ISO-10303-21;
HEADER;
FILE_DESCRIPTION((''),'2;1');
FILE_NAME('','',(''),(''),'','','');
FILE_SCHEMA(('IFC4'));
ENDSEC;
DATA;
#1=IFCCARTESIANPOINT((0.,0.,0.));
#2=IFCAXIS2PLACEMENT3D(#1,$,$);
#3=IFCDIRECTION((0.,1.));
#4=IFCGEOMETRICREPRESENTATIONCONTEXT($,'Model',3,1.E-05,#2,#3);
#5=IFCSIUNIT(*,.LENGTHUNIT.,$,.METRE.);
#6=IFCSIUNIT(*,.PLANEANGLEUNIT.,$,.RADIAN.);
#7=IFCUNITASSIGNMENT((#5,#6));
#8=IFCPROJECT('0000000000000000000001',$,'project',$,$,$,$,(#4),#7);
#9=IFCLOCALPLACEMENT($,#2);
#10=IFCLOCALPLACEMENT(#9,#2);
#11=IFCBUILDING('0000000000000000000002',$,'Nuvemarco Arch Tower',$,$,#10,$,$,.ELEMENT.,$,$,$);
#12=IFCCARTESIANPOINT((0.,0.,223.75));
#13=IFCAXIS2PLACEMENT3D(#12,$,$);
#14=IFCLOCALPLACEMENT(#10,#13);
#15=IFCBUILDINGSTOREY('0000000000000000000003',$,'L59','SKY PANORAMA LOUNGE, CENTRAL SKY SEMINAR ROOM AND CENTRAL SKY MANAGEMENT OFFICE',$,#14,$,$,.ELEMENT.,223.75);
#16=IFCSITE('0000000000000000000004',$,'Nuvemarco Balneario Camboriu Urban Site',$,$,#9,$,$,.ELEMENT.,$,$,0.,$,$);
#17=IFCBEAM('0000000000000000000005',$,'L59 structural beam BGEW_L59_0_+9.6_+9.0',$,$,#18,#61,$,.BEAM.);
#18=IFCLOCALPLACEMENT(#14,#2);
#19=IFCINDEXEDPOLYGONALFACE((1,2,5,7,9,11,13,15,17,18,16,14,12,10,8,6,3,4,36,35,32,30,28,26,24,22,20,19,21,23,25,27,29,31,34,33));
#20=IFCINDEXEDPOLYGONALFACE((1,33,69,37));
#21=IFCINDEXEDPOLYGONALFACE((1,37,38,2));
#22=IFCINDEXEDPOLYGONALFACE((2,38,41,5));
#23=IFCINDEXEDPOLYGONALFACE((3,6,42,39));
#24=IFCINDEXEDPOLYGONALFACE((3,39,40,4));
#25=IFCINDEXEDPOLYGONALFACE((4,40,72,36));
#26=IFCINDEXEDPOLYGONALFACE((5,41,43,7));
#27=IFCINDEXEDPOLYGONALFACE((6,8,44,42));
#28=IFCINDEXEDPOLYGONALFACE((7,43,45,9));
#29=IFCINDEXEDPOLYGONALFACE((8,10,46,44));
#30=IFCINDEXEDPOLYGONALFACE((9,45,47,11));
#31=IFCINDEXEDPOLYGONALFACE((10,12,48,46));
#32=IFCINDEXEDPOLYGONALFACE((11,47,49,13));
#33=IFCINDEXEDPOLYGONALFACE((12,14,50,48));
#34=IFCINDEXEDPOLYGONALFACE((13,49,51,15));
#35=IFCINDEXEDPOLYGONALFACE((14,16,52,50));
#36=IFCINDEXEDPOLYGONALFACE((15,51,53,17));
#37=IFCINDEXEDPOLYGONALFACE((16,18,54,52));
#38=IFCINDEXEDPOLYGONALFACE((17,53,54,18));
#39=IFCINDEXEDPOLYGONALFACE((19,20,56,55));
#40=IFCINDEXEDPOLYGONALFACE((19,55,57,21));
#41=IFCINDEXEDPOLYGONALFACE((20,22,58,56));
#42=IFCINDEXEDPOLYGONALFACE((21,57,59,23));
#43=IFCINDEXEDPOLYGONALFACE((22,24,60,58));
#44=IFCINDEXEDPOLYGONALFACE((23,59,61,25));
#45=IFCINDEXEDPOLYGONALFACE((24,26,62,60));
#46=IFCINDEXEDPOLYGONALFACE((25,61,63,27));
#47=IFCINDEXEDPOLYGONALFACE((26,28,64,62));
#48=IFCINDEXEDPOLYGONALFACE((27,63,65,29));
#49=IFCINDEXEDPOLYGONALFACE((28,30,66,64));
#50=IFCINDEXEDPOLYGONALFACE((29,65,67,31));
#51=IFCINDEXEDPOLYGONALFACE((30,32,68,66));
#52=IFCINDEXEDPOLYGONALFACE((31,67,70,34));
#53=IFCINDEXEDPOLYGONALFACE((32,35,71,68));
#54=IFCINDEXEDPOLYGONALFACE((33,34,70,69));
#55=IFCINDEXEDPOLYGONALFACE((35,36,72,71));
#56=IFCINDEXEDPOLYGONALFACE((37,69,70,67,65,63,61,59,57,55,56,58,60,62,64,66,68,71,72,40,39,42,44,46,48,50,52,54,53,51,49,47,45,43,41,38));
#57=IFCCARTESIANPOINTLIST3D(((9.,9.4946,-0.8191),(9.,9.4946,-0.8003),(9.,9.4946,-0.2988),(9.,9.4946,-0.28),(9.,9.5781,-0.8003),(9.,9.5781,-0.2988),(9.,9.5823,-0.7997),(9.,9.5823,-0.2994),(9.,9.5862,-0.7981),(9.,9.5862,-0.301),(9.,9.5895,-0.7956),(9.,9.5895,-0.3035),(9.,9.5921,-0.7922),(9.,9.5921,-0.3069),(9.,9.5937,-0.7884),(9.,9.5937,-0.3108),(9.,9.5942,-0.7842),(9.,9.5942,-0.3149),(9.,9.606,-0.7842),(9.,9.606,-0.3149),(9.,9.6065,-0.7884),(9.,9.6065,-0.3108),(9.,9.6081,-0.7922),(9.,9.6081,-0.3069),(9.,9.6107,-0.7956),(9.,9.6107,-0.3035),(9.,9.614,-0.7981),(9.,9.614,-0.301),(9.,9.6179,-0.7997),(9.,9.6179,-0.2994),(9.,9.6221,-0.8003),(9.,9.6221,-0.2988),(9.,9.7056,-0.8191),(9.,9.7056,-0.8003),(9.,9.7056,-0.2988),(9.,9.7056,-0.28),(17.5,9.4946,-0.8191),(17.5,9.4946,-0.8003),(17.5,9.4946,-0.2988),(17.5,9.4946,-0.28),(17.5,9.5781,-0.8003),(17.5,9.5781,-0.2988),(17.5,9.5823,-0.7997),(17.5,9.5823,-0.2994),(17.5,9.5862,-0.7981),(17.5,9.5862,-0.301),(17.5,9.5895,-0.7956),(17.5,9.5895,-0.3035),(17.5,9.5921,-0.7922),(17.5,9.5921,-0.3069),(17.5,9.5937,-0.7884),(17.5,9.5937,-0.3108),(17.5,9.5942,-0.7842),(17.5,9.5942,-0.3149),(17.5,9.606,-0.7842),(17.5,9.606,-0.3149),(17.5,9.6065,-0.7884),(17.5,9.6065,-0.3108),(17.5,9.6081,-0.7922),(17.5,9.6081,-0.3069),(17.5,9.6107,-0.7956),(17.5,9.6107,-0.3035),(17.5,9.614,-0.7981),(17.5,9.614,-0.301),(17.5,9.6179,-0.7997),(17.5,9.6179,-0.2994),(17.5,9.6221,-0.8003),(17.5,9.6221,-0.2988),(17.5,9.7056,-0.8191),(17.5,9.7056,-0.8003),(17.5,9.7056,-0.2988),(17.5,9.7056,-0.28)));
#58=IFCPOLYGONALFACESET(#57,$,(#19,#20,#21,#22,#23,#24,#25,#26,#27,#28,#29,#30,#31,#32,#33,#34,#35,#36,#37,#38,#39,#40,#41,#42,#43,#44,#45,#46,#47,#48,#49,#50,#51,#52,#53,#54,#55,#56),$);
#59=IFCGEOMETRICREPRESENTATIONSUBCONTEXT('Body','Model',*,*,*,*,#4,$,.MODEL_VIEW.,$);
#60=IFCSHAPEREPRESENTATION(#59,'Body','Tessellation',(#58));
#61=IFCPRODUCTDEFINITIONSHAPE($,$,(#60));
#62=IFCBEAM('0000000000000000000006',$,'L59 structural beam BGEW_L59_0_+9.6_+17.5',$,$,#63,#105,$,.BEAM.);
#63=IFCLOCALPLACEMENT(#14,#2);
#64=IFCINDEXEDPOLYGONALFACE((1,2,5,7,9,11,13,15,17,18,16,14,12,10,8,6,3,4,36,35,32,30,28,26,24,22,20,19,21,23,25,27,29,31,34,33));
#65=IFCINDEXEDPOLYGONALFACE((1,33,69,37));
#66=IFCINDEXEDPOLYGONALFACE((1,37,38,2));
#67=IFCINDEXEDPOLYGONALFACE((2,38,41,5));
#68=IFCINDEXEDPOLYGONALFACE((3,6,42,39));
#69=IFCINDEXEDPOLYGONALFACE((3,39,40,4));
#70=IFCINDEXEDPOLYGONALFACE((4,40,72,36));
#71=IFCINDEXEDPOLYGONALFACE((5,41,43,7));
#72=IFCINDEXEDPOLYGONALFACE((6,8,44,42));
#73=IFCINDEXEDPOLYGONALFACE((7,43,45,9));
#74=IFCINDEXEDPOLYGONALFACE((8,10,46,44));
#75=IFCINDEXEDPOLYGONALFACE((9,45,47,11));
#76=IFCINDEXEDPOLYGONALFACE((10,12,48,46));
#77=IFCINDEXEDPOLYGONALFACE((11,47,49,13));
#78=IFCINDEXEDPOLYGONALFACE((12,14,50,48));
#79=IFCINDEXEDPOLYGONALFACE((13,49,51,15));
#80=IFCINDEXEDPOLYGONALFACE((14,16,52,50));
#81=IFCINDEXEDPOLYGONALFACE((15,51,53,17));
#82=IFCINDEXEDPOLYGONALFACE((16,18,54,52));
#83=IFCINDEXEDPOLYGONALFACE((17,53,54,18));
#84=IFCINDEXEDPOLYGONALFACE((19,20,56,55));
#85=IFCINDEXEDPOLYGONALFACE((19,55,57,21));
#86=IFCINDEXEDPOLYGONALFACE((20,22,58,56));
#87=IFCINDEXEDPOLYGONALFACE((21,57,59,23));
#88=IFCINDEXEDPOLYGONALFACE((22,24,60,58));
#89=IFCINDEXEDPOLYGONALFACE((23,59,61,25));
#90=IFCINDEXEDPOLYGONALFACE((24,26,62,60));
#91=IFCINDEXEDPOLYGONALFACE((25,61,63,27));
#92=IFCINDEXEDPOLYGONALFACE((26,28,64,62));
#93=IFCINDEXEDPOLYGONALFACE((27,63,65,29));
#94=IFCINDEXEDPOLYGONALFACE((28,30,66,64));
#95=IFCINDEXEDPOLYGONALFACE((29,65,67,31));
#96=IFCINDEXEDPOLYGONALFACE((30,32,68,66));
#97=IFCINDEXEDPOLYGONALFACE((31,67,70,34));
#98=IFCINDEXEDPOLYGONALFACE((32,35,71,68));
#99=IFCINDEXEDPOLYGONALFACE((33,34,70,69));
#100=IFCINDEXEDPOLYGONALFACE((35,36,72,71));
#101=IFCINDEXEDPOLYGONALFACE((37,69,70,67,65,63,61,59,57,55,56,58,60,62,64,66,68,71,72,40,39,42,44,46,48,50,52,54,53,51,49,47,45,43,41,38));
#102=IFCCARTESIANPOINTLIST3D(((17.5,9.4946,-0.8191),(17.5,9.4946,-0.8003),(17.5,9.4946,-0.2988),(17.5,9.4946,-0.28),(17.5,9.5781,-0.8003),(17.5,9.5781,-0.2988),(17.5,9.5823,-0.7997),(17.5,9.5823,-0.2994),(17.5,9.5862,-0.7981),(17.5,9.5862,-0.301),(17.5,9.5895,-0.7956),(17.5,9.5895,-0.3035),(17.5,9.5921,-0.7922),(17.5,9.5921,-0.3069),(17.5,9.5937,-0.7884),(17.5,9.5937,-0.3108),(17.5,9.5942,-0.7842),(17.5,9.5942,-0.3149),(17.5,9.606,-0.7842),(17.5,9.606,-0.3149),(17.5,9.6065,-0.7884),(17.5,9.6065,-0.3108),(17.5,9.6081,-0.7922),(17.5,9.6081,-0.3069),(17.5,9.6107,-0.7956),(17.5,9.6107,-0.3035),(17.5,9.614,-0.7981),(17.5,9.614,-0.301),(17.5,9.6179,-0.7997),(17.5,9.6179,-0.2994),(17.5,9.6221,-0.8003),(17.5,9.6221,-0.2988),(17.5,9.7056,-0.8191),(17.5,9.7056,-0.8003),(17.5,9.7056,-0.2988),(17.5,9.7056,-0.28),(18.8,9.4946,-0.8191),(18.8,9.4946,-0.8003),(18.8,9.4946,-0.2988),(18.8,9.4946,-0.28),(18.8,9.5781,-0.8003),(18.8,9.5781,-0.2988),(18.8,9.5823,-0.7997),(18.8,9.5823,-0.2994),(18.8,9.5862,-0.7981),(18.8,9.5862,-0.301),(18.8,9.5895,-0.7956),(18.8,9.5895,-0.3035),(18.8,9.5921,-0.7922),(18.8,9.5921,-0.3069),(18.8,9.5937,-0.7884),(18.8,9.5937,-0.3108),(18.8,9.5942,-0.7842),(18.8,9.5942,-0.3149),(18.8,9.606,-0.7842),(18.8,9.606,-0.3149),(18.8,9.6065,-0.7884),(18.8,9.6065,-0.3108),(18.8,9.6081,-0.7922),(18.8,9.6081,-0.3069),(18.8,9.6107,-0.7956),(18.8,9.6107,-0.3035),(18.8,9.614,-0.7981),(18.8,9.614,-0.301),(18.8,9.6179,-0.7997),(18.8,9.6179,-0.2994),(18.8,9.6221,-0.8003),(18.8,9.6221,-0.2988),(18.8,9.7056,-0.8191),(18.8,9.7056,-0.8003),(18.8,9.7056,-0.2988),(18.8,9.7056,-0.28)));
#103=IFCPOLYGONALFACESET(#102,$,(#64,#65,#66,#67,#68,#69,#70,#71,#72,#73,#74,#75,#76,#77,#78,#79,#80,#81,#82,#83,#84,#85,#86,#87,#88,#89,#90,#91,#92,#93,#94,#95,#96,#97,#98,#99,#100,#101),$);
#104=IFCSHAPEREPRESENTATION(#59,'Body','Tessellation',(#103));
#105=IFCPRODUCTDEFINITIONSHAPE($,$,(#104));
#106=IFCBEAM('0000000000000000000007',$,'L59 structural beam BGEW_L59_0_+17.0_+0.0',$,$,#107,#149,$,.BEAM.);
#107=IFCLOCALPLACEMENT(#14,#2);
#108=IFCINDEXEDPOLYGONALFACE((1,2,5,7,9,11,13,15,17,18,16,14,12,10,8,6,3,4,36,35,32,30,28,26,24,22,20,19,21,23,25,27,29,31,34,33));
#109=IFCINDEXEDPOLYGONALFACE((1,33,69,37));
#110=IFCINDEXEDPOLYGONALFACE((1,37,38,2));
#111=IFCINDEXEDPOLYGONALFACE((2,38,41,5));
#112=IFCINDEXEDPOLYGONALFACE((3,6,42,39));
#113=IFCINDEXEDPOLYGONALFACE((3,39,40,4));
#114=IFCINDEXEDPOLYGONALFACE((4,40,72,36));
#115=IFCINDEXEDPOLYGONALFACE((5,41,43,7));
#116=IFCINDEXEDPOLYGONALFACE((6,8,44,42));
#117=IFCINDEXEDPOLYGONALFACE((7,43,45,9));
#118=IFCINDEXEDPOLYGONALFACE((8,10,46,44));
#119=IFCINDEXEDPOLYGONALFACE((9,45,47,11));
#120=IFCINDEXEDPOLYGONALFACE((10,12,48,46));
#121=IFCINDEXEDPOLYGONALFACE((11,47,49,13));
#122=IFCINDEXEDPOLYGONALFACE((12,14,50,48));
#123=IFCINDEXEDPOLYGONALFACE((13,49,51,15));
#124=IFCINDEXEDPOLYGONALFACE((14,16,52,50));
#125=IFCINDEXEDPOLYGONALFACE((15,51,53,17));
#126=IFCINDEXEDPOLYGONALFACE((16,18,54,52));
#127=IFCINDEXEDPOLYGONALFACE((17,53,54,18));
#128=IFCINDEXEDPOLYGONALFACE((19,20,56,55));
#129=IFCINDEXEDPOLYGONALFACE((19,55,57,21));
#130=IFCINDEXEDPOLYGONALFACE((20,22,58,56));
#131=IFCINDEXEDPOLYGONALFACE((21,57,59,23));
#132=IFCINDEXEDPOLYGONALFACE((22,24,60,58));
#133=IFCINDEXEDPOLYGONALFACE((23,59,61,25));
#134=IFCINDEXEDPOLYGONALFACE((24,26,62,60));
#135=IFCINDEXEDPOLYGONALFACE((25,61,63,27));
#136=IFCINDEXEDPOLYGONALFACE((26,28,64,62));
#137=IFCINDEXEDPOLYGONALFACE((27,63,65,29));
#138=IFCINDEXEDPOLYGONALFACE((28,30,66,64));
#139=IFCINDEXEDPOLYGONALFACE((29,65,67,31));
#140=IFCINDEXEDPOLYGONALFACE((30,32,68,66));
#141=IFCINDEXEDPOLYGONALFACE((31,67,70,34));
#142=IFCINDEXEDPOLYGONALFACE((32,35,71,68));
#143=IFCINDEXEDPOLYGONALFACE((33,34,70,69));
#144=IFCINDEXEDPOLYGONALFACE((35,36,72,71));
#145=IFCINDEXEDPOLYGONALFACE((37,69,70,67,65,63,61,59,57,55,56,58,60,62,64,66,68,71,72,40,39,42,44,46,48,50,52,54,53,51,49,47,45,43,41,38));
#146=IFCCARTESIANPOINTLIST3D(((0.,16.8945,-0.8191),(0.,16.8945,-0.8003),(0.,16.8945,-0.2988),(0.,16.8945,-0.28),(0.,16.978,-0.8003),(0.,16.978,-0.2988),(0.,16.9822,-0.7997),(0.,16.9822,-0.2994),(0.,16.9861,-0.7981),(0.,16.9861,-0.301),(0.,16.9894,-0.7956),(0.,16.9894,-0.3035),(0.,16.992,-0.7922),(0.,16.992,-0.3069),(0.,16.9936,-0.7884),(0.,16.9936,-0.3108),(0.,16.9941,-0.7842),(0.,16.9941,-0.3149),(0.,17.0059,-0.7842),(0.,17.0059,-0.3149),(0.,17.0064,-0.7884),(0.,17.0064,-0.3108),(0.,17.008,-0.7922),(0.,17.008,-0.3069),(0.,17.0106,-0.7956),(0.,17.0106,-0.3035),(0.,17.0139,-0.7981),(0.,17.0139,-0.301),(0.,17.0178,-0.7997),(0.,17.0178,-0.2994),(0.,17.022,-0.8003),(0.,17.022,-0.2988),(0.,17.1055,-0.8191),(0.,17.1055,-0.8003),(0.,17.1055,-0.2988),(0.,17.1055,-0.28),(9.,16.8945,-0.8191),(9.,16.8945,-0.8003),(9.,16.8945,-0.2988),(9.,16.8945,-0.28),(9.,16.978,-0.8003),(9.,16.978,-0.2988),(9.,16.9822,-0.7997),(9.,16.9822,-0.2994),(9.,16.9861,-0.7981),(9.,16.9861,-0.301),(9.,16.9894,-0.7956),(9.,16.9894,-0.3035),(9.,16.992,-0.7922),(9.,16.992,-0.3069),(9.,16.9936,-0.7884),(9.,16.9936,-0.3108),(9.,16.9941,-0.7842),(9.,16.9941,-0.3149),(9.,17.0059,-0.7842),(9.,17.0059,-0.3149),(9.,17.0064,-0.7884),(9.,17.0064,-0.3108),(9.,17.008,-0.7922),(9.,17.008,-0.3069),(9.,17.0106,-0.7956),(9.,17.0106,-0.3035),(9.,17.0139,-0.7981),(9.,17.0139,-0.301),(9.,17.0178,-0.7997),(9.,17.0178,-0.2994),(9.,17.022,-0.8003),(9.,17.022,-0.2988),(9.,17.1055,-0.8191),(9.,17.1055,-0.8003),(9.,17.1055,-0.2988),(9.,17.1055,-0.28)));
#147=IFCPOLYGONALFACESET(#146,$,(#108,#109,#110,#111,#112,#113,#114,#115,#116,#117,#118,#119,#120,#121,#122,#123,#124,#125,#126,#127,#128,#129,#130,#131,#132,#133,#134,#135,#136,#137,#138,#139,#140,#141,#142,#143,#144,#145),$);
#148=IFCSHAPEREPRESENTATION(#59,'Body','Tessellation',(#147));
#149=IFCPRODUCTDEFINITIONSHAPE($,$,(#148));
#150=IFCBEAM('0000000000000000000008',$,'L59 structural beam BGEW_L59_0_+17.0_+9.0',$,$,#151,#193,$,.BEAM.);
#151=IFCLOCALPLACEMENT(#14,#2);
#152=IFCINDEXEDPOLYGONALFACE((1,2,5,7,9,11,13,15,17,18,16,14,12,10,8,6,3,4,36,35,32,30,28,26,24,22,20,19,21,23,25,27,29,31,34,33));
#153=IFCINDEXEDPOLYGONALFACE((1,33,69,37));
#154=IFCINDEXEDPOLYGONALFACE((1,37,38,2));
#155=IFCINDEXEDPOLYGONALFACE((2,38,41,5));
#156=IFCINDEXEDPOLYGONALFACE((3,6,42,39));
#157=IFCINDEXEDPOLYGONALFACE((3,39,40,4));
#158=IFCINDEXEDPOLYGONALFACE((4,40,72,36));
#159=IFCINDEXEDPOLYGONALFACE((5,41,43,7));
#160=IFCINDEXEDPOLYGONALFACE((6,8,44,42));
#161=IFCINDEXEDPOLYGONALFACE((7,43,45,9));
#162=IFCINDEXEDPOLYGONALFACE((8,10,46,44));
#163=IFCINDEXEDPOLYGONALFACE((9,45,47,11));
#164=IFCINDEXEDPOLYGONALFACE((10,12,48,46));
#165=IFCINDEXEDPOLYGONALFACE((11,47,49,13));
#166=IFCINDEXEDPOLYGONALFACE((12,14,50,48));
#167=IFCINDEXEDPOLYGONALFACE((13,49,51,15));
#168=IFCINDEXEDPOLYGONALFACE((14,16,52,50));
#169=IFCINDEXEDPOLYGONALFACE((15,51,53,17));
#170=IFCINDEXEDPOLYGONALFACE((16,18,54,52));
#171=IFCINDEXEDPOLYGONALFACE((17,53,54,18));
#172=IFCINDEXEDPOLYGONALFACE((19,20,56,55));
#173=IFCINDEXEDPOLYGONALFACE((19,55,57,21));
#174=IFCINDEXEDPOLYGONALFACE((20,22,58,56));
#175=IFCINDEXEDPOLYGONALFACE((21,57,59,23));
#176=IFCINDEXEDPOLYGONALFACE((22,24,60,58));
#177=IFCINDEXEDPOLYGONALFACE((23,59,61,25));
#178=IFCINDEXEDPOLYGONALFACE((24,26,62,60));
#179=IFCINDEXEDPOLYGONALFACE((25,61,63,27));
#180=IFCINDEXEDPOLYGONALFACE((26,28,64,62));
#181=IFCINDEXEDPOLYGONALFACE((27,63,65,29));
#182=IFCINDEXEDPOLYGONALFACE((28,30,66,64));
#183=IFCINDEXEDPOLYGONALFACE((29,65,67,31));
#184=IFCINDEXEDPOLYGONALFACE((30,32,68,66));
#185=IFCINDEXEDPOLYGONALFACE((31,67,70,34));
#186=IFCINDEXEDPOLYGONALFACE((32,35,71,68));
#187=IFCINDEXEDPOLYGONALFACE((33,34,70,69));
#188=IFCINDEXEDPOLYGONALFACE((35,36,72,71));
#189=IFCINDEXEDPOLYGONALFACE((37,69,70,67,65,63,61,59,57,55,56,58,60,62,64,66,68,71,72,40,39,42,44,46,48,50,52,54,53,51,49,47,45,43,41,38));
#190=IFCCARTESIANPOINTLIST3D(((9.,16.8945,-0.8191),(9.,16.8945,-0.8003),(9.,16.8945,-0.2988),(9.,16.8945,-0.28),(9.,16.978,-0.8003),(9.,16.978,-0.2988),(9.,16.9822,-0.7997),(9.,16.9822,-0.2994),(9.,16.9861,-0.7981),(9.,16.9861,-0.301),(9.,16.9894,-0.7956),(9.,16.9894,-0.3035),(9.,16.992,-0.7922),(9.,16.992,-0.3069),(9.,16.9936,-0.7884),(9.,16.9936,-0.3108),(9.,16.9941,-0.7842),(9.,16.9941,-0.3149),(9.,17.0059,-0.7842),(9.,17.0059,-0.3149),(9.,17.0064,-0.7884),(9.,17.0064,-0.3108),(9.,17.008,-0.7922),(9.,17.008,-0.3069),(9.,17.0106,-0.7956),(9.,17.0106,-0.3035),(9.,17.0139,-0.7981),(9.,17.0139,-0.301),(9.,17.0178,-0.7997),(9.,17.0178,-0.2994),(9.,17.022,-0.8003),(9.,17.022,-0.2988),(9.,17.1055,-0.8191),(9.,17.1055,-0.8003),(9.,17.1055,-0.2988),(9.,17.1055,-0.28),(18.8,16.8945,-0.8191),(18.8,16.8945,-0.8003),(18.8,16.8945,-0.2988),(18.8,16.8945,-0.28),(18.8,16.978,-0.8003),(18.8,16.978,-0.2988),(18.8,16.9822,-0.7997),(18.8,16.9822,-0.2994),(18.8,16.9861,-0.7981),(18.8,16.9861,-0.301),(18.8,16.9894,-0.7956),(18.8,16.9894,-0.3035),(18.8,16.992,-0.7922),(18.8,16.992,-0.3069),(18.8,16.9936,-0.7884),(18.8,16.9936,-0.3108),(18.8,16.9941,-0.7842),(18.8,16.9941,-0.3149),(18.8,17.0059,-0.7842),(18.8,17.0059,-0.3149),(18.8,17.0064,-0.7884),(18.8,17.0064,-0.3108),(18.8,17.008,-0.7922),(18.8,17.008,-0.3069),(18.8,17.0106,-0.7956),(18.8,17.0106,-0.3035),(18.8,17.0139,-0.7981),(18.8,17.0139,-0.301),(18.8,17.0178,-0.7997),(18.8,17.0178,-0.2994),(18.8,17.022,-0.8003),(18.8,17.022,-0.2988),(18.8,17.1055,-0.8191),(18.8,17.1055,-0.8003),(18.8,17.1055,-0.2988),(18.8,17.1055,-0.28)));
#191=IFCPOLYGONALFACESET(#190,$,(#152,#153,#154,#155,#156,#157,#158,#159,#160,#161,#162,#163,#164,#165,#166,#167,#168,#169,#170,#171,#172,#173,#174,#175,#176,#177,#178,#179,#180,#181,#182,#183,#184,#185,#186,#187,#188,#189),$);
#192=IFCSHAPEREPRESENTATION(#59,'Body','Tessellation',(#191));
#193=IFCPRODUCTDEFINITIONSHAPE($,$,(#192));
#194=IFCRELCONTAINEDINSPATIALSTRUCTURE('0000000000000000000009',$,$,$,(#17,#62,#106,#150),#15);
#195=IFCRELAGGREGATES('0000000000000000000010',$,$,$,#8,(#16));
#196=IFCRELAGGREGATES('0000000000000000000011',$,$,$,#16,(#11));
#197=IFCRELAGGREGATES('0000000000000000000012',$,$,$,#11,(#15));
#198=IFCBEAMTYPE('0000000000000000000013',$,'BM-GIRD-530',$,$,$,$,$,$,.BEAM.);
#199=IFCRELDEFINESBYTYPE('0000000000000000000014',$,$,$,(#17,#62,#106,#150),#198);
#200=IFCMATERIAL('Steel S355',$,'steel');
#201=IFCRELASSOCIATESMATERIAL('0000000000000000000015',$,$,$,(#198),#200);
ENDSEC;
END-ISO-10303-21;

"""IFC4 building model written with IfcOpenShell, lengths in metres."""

from ifc_helpers import new_model, si_unit, direction, frame, origin, origin_2d, place, context, subcontext, project, spatial, i_section, extrude, material, material_profile, profile_set, type_object, element, save


model = new_model("IFC4")

# Units and contexts
model_context = context("Model", 3, precision=1e-05, world=origin(), true_north=direction((0.0, 1.0)))
body_context = subcontext(model_context, "Body", "Model", "MODEL_VIEW")
ifc_project = project(units=[si_unit("LENGTHUNIT", "METRE"), si_unit("PLANEANGLEUNIT", "RADIAN")], contexts=[model_context])

# Site, building, storey
site_placement = place(None, origin())
site = spatial("IfcSite", under=ifc_project, at=site_placement, Name="Nuvemarco Balneario Camboriu Urban Site", CompositionType="ELEMENT", RefElevation=0.0)
building_placement = place(site_placement, origin())
building = spatial("IfcBuilding", under=site, at=building_placement, Name="Nuvemarco Arch Tower", CompositionType="ELEMENT")
storey_placement = place(building_placement, frame((0.0, 0.0, 223.75)))
storey = spatial("IfcBuildingStorey", under=building, at=storey_placement, Name="L59", Description="SKY PANORAMA LOUNGE, CENTRAL SKY SEMINAR ROOM AND CENTRAL SKY MANAGEMENT OFFICE", CompositionType="ELEMENT", Elevation=223.75)

# Shared definitions
ifc_material_1 = material(Name="Steel S355", Category="steel")

# Beams
ifc_material_profile_1 = material_profile(ifc_material_1, i_section(OverallWidth=0.2109, OverallDepth=0.5391, WebThickness=0.0117, FlangeThickness=0.0188, FilletRadius=0.0161, at=origin_2d()), Name="W530x109")
ifc_profile_set_1 = profile_set([ifc_material_profile_1], Name="Steel S355")
beam_type_1 = type_object("IfcBeamType", Name="BM-GIRD-530", PredefinedType="BEAM", material=ifc_profile_set_1)
beam_1_placement = place(storey_placement, frame((9.0, 9.6001, -0.5496), z_axis=(1.0, 0.0, 0.0), x_axis=(0.0, 1.0, 0.0)))
element("IfcBeam", 1, at=beam_1_placement, inside=storey, type_object=beam_type_1, Name="L59 structural beam BGEW_L59_0_+9.6_+9.0", PredefinedType="BEAM", context=body_context, shape_type="SweptSolid", body=[
    extrude(i_section(OverallWidth=0.2109, OverallDepth=0.5391, WebThickness=0.0117, FlangeThickness=0.0188, FilletRadius=0.0161, at=origin_2d()), origin(), (0.0, 0.0, 1.0), 8.5),
])
beam_2_placement = place(storey_placement, frame((17.5, 9.6001, -0.5496), z_axis=(1.0, 0.0, 0.0), x_axis=(0.0, 1.0, 0.0)))
element("IfcBeam", 2, at=beam_2_placement, inside=storey, type_object=beam_type_1, Name="L59 structural beam BGEW_L59_0_+9.6_+17.5", PredefinedType="BEAM", context=body_context, shape_type="SweptSolid", body=[
    extrude(i_section(OverallWidth=0.2109, OverallDepth=0.5391, WebThickness=0.0117, FlangeThickness=0.0188, FilletRadius=0.0161, at=origin_2d()), origin(), (0.0, 0.0, 1.0), 1.3),
])
beam_3_placement = place(storey_placement, frame((0.0, 17.0, -0.5496), z_axis=(1.0, 0.0, 0.0), x_axis=(0.0, 1.0, 0.0)))
element("IfcBeam", 3, at=beam_3_placement, inside=storey, type_object=beam_type_1, Name="L59 structural beam BGEW_L59_0_+17.0_+0.0", PredefinedType="BEAM", context=body_context, shape_type="SweptSolid", body=[
    extrude(i_section(OverallWidth=0.2109, OverallDepth=0.5391, WebThickness=0.0117, FlangeThickness=0.0188, FilletRadius=0.0161, at=origin_2d()), origin(), (0.0, 0.0, 1.0), 9.0),
])
beam_4_placement = place(storey_placement, frame((9.0, 17.0, -0.5496), z_axis=(1.0, 0.0, 0.0), x_axis=(0.0, 1.0, 0.0)))
element("IfcBeam", 4, at=beam_4_placement, inside=storey, type_object=beam_type_1, Name="L59 structural beam BGEW_L59_0_+17.0_+9.0", PredefinedType="BEAM", context=body_context, shape_type="SweptSolid", body=[
    extrude(i_section(OverallWidth=0.2109, OverallDepth=0.5391, WebThickness=0.0117, FlangeThickness=0.0188, FilletRadius=0.0161, at=origin_2d()), origin(), (0.0, 0.0, 1.0), 9.8),
])

save(model, "model.ifc")
